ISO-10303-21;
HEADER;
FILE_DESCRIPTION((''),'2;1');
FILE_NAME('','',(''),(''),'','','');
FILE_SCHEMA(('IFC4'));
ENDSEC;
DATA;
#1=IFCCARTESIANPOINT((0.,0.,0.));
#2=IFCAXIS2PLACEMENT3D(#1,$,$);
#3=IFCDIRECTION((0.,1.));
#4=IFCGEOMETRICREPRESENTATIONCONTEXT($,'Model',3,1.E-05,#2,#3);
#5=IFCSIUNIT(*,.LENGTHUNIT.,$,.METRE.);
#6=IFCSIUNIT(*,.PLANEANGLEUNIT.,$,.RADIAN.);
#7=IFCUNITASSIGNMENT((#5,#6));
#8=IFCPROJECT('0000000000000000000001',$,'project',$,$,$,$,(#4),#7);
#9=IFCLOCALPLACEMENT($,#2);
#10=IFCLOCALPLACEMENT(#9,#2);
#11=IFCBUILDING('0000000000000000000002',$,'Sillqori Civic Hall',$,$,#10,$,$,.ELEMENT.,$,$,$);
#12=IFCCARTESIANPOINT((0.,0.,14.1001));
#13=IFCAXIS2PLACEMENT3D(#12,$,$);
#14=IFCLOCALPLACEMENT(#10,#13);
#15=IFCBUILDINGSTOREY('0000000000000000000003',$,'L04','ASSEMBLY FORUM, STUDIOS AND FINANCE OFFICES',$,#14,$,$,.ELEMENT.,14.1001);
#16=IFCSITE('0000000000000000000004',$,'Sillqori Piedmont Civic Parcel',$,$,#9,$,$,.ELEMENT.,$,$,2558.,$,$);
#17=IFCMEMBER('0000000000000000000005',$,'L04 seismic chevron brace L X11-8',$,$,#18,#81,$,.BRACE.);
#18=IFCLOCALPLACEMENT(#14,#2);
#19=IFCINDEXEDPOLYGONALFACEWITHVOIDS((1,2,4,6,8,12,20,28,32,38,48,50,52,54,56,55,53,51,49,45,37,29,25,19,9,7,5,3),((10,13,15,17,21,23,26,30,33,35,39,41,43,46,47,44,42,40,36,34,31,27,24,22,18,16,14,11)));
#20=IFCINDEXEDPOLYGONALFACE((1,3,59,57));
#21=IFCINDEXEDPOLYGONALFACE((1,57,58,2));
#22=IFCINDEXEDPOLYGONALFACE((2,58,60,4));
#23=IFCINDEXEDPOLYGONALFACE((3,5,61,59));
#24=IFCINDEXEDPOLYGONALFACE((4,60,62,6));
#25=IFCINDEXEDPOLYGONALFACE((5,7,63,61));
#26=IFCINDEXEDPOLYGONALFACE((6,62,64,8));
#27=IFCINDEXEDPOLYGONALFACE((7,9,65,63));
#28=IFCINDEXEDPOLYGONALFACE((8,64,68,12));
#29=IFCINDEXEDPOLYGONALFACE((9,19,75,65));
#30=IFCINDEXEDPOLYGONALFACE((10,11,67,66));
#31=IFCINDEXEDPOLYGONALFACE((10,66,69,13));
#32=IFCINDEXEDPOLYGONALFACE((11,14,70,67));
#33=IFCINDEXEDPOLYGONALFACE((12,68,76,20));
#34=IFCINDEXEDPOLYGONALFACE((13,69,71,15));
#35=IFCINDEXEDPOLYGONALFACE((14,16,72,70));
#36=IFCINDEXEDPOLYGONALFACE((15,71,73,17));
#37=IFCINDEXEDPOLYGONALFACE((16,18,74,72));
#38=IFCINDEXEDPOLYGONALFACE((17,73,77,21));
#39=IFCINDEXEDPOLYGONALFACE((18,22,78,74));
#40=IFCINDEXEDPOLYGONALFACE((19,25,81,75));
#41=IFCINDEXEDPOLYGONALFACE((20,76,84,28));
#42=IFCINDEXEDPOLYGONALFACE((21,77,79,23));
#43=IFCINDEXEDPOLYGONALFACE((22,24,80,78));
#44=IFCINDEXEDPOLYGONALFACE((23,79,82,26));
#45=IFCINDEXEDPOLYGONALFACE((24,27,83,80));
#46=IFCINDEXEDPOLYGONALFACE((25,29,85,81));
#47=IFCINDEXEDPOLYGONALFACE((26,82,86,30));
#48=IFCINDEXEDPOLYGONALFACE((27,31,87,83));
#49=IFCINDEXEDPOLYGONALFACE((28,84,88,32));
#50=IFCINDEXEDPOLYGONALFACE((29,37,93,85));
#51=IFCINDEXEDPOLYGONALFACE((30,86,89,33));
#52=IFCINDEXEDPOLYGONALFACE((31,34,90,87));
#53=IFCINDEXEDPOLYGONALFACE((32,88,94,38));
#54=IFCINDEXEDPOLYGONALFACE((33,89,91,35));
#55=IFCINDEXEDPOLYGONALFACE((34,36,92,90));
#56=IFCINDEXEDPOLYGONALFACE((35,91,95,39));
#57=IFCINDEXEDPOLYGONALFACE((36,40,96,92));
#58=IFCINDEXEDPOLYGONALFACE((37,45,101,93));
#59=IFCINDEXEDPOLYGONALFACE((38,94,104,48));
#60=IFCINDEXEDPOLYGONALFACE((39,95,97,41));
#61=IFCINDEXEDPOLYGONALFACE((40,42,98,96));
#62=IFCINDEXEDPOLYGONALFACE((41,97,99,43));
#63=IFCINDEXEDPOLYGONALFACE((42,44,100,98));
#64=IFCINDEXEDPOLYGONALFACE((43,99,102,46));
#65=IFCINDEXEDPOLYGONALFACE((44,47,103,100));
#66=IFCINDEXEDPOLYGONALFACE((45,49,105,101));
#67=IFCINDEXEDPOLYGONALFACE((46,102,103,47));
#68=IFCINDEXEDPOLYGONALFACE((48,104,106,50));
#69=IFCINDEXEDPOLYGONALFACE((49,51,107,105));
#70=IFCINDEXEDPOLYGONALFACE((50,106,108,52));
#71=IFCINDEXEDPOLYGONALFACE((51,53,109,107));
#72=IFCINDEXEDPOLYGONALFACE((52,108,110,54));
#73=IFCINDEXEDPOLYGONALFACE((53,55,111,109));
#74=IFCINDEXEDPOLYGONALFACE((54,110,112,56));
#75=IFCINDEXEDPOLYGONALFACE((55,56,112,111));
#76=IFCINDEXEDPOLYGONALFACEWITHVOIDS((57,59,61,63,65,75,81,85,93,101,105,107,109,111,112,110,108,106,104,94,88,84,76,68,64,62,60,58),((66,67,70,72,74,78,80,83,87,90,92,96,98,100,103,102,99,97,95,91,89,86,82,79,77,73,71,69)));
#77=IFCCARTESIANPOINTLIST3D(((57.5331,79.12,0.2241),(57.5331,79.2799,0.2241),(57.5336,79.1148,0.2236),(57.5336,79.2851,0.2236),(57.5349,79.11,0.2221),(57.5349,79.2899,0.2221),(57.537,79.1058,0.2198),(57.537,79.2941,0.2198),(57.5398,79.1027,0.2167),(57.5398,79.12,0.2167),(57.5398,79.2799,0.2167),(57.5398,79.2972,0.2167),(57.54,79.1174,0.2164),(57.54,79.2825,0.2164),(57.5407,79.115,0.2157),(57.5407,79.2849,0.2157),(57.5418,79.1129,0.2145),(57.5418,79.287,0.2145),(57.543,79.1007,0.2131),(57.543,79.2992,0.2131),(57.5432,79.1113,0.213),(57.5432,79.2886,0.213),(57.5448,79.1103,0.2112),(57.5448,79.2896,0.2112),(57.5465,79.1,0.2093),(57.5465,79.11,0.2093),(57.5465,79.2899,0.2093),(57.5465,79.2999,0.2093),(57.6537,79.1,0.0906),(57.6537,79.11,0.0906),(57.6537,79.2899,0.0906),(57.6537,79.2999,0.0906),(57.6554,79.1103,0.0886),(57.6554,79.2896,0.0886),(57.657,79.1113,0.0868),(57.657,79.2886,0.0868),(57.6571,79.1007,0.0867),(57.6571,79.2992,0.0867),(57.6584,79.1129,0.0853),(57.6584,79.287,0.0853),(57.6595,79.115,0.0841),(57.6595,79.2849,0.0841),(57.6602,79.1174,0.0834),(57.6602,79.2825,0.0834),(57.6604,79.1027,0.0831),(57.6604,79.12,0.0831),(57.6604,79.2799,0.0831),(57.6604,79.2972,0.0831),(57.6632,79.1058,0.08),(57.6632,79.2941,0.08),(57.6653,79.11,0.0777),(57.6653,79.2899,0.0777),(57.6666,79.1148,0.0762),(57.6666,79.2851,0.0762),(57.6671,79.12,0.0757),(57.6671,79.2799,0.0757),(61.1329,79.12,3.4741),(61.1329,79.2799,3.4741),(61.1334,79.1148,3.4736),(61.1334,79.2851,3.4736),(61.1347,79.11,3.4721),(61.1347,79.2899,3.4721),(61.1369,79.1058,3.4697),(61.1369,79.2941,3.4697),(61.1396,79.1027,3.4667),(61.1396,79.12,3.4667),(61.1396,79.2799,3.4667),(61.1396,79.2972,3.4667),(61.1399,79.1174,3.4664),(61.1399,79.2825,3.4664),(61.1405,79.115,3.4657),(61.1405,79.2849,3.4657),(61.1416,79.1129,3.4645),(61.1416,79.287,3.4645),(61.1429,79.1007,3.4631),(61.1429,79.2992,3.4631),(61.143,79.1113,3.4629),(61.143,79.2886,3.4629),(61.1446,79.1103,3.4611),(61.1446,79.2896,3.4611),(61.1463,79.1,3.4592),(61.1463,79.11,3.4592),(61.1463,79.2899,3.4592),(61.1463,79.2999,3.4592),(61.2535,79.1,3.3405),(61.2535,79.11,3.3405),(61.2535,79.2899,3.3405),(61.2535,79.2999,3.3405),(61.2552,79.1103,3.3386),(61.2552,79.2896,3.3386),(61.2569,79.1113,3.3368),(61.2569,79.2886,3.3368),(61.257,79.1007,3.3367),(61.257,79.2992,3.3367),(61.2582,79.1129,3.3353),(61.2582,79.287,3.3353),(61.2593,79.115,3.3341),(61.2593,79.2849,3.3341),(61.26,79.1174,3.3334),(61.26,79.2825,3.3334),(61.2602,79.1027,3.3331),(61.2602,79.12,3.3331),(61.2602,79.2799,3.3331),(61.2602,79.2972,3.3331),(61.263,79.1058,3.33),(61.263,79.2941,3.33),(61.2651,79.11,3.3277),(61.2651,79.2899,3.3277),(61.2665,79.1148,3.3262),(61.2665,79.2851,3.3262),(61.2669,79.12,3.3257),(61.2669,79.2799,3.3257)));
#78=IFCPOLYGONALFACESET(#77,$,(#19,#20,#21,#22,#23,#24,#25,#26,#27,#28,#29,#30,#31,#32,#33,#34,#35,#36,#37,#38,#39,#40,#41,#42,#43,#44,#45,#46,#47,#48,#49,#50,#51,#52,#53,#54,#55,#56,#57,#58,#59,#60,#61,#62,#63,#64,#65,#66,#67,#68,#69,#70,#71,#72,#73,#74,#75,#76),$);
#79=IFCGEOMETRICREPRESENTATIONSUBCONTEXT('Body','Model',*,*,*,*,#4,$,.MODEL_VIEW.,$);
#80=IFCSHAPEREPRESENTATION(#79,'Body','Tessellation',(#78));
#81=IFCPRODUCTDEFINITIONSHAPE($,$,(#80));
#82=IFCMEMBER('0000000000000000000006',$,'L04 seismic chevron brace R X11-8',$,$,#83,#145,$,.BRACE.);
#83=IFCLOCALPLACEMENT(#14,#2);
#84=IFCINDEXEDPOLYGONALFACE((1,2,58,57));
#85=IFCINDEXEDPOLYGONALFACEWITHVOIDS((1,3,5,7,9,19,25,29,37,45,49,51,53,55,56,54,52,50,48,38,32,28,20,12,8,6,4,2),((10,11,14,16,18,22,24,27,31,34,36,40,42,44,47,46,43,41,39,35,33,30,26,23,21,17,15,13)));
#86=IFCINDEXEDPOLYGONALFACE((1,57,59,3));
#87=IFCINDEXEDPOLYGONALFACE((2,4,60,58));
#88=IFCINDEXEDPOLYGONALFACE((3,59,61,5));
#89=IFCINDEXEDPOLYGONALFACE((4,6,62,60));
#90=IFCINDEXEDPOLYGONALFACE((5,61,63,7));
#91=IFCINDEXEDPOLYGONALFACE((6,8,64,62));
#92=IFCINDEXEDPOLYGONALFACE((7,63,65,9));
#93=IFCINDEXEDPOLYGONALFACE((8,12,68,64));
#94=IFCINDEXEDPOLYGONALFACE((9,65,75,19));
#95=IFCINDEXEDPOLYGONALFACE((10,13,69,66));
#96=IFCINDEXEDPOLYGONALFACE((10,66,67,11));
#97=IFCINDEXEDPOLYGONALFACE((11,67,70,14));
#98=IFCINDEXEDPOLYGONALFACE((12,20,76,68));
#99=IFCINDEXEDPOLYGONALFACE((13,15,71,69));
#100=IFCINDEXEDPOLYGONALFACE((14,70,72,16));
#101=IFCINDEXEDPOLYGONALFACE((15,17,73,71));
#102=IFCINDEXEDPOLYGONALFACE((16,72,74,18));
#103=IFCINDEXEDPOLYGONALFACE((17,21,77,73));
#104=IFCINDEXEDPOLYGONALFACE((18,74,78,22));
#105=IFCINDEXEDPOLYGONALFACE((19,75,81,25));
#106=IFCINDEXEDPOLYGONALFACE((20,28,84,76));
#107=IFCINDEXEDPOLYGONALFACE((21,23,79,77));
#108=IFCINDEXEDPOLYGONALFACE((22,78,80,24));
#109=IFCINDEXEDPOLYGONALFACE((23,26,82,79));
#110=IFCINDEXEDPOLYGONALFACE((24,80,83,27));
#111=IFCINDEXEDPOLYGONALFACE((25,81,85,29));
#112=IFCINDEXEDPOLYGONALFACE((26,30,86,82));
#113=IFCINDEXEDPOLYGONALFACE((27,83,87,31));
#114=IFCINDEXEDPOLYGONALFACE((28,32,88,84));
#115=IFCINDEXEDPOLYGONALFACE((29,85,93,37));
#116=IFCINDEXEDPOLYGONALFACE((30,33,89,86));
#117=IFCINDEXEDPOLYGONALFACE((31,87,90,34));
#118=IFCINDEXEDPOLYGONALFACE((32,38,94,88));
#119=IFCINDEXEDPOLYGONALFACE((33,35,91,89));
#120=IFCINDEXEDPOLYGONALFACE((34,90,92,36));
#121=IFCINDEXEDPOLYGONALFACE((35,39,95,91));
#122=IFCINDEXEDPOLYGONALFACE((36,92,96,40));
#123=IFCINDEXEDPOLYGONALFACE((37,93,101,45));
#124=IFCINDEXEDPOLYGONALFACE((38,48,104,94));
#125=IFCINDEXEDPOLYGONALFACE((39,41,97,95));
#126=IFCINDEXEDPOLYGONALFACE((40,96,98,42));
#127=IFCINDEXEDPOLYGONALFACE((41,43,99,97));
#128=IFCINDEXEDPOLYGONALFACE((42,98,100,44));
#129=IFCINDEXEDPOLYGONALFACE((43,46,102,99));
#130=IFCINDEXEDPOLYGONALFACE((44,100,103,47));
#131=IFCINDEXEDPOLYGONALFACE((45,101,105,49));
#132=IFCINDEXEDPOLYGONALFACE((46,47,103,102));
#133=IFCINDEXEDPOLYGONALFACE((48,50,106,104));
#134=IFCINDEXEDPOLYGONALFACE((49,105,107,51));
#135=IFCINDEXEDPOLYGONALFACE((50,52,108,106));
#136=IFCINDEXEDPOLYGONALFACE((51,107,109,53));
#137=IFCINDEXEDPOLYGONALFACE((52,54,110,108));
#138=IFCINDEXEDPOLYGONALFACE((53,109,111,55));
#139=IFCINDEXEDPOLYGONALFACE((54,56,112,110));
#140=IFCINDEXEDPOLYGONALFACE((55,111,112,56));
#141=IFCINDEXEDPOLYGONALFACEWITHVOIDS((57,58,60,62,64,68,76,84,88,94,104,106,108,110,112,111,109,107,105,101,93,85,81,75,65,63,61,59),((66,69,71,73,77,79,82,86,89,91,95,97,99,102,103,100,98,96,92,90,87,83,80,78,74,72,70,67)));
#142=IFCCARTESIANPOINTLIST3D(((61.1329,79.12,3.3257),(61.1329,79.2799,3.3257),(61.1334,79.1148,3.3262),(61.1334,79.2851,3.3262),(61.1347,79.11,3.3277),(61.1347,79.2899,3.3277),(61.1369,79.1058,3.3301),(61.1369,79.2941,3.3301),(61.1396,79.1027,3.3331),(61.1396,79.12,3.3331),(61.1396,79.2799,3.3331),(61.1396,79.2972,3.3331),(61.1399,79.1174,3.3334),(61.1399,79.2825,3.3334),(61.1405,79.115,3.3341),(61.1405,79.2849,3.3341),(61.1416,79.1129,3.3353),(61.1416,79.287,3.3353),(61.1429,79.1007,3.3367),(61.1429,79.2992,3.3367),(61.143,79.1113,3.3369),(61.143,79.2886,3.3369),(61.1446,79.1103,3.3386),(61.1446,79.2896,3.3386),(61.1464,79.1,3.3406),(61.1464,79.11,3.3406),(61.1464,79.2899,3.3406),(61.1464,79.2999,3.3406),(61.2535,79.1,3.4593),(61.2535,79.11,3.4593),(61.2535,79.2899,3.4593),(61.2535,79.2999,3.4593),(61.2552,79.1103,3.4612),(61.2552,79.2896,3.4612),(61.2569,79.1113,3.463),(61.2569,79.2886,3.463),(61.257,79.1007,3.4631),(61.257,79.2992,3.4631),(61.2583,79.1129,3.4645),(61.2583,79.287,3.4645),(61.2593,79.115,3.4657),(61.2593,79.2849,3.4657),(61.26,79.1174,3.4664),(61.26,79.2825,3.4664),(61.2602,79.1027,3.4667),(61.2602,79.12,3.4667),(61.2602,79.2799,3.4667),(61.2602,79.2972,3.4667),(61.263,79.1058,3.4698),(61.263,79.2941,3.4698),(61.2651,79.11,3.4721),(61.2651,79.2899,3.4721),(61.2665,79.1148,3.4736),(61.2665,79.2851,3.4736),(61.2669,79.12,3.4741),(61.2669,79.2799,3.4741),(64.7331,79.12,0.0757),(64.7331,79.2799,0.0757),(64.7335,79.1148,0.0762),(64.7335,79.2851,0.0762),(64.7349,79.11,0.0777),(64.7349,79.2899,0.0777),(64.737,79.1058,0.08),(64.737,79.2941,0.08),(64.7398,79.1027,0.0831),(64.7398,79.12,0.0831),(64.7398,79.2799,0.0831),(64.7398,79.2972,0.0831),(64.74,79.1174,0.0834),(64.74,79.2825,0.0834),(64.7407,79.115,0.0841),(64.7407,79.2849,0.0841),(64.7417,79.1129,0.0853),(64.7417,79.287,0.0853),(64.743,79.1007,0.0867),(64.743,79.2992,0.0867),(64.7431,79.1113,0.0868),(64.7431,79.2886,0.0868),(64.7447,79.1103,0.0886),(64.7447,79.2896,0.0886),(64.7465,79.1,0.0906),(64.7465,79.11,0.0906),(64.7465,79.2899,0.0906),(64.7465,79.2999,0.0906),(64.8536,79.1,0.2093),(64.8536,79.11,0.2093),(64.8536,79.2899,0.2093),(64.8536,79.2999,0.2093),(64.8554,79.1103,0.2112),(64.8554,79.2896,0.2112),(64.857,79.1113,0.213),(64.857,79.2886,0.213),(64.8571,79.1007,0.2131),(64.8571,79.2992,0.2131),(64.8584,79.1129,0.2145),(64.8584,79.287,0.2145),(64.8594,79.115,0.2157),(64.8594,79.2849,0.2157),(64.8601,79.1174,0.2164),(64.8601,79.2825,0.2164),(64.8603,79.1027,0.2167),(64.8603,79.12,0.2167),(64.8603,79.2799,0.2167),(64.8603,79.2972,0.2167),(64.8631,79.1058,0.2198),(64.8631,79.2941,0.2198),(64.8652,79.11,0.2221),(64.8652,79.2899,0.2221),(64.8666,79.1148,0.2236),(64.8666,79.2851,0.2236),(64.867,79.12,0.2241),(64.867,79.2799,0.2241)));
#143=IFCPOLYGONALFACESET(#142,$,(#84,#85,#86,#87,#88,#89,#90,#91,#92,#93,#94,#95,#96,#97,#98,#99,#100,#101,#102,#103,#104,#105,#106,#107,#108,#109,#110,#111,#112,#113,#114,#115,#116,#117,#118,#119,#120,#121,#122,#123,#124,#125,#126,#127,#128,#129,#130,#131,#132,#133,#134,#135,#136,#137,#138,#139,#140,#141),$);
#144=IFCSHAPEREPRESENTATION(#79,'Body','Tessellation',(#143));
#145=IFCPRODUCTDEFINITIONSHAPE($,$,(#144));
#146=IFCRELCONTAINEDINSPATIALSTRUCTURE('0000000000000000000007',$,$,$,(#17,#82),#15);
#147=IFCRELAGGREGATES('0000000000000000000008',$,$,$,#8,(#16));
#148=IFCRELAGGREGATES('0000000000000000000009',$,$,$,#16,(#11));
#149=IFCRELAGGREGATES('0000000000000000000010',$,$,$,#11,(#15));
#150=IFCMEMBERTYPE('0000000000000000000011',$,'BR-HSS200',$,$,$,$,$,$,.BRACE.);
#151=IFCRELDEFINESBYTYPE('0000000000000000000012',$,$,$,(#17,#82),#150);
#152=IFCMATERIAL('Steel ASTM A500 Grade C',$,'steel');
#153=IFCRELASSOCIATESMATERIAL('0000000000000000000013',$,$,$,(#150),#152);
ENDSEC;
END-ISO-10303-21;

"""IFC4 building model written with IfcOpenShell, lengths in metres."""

from ifc_helpers import new_model, si_unit, direction, frame, origin, origin_2d, place, context, subcontext, project, spatial, hollow_rectangle, extrude, material, material_profile, profile_set, type_object, element, save


model = new_model("IFC4")

# Units and contexts
model_context = context("Model", 3, precision=1e-05, world=origin(), true_north=direction((0.0, 1.0)))
body_context = subcontext(model_context, "Body", "Model", "MODEL_VIEW")
ifc_project = project(units=[si_unit("LENGTHUNIT", "METRE"), si_unit("PLANEANGLEUNIT", "RADIAN")], contexts=[model_context])

# Site, building, storey
site_placement = place(None, origin())
site = spatial("IfcSite", under=ifc_project, at=site_placement, Name="Sillqori Piedmont Civic Parcel", CompositionType="ELEMENT", RefElevation=2558.0)
building_placement = place(site_placement, origin())
building = spatial("IfcBuilding", under=site, at=building_placement, Name="Sillqori Civic Hall", CompositionType="ELEMENT")
storey_placement = place(building_placement, frame((0.0, 0.0, 14.1001)))
storey = spatial("IfcBuildingStorey", under=building, at=storey_placement, Name="L04", Description="ASSEMBLY FORUM, STUDIOS AND FINANCE OFFICES", CompositionType="ELEMENT", Elevation=14.1001)

# Members
ifc_material_1 = material(Name="Steel ASTM A500 Grade C", Category="steel")
ifc_material_profile_1 = material_profile(ifc_material_1, hollow_rectangle(XDim=0.2, YDim=0.2, WallThickness=0.01, InnerFilletRadius=0.01, OuterFilletRadius=0.02, at=origin_2d()), Name="HSS200X200X10")
ifc_profile_set_1 = profile_set([ifc_material_profile_1], Name="Steel ASTM A500 Grade C")
member_type = type_object("IfcMemberType", Name="BR-HSS200", PredefinedType="BRACE", material=ifc_profile_set_1)
member_1_placement = place(storey_placement, frame((57.6001, 79.2, 0.1499), z_axis=(0.742254, 0.0, 0.670118), x_axis=(0.0, 1.0, 0.0)))
element("IfcMember", 1, at=member_1_placement, inside=storey, type_object=member_type, Name="L04 seismic chevron brace L X11-8", PredefinedType="BRACE", context=body_context, shape_type="SweptSolid", body=[
    extrude(hollow_rectangle(XDim=0.2, YDim=0.2, WallThickness=0.01, InnerFilletRadius=0.01, OuterFilletRadius=0.02, at=origin_2d()), origin(), (0.0, 0.0, 1.0), 4.8499),
])
member_2_placement = place(storey_placement, frame((64.8, 79.2, 0.1499), z_axis=(-0.742277, 0.0, 0.670093), x_axis=(0.0, -1.0, 0.0)))
element("IfcMember", 2, at=member_2_placement, inside=storey, type_object=member_type, Name="L04 seismic chevron brace R X11-8", PredefinedType="BRACE", context=body_context, shape_type="SweptSolid", body=[
    extrude(hollow_rectangle(XDim=0.2, YDim=0.2, WallThickness=0.01, InnerFilletRadius=0.01, OuterFilletRadius=0.02, at=origin_2d()), origin(), (0.0, 0.0, 1.0), 4.8501),
])

save(model, "model.ifc")
